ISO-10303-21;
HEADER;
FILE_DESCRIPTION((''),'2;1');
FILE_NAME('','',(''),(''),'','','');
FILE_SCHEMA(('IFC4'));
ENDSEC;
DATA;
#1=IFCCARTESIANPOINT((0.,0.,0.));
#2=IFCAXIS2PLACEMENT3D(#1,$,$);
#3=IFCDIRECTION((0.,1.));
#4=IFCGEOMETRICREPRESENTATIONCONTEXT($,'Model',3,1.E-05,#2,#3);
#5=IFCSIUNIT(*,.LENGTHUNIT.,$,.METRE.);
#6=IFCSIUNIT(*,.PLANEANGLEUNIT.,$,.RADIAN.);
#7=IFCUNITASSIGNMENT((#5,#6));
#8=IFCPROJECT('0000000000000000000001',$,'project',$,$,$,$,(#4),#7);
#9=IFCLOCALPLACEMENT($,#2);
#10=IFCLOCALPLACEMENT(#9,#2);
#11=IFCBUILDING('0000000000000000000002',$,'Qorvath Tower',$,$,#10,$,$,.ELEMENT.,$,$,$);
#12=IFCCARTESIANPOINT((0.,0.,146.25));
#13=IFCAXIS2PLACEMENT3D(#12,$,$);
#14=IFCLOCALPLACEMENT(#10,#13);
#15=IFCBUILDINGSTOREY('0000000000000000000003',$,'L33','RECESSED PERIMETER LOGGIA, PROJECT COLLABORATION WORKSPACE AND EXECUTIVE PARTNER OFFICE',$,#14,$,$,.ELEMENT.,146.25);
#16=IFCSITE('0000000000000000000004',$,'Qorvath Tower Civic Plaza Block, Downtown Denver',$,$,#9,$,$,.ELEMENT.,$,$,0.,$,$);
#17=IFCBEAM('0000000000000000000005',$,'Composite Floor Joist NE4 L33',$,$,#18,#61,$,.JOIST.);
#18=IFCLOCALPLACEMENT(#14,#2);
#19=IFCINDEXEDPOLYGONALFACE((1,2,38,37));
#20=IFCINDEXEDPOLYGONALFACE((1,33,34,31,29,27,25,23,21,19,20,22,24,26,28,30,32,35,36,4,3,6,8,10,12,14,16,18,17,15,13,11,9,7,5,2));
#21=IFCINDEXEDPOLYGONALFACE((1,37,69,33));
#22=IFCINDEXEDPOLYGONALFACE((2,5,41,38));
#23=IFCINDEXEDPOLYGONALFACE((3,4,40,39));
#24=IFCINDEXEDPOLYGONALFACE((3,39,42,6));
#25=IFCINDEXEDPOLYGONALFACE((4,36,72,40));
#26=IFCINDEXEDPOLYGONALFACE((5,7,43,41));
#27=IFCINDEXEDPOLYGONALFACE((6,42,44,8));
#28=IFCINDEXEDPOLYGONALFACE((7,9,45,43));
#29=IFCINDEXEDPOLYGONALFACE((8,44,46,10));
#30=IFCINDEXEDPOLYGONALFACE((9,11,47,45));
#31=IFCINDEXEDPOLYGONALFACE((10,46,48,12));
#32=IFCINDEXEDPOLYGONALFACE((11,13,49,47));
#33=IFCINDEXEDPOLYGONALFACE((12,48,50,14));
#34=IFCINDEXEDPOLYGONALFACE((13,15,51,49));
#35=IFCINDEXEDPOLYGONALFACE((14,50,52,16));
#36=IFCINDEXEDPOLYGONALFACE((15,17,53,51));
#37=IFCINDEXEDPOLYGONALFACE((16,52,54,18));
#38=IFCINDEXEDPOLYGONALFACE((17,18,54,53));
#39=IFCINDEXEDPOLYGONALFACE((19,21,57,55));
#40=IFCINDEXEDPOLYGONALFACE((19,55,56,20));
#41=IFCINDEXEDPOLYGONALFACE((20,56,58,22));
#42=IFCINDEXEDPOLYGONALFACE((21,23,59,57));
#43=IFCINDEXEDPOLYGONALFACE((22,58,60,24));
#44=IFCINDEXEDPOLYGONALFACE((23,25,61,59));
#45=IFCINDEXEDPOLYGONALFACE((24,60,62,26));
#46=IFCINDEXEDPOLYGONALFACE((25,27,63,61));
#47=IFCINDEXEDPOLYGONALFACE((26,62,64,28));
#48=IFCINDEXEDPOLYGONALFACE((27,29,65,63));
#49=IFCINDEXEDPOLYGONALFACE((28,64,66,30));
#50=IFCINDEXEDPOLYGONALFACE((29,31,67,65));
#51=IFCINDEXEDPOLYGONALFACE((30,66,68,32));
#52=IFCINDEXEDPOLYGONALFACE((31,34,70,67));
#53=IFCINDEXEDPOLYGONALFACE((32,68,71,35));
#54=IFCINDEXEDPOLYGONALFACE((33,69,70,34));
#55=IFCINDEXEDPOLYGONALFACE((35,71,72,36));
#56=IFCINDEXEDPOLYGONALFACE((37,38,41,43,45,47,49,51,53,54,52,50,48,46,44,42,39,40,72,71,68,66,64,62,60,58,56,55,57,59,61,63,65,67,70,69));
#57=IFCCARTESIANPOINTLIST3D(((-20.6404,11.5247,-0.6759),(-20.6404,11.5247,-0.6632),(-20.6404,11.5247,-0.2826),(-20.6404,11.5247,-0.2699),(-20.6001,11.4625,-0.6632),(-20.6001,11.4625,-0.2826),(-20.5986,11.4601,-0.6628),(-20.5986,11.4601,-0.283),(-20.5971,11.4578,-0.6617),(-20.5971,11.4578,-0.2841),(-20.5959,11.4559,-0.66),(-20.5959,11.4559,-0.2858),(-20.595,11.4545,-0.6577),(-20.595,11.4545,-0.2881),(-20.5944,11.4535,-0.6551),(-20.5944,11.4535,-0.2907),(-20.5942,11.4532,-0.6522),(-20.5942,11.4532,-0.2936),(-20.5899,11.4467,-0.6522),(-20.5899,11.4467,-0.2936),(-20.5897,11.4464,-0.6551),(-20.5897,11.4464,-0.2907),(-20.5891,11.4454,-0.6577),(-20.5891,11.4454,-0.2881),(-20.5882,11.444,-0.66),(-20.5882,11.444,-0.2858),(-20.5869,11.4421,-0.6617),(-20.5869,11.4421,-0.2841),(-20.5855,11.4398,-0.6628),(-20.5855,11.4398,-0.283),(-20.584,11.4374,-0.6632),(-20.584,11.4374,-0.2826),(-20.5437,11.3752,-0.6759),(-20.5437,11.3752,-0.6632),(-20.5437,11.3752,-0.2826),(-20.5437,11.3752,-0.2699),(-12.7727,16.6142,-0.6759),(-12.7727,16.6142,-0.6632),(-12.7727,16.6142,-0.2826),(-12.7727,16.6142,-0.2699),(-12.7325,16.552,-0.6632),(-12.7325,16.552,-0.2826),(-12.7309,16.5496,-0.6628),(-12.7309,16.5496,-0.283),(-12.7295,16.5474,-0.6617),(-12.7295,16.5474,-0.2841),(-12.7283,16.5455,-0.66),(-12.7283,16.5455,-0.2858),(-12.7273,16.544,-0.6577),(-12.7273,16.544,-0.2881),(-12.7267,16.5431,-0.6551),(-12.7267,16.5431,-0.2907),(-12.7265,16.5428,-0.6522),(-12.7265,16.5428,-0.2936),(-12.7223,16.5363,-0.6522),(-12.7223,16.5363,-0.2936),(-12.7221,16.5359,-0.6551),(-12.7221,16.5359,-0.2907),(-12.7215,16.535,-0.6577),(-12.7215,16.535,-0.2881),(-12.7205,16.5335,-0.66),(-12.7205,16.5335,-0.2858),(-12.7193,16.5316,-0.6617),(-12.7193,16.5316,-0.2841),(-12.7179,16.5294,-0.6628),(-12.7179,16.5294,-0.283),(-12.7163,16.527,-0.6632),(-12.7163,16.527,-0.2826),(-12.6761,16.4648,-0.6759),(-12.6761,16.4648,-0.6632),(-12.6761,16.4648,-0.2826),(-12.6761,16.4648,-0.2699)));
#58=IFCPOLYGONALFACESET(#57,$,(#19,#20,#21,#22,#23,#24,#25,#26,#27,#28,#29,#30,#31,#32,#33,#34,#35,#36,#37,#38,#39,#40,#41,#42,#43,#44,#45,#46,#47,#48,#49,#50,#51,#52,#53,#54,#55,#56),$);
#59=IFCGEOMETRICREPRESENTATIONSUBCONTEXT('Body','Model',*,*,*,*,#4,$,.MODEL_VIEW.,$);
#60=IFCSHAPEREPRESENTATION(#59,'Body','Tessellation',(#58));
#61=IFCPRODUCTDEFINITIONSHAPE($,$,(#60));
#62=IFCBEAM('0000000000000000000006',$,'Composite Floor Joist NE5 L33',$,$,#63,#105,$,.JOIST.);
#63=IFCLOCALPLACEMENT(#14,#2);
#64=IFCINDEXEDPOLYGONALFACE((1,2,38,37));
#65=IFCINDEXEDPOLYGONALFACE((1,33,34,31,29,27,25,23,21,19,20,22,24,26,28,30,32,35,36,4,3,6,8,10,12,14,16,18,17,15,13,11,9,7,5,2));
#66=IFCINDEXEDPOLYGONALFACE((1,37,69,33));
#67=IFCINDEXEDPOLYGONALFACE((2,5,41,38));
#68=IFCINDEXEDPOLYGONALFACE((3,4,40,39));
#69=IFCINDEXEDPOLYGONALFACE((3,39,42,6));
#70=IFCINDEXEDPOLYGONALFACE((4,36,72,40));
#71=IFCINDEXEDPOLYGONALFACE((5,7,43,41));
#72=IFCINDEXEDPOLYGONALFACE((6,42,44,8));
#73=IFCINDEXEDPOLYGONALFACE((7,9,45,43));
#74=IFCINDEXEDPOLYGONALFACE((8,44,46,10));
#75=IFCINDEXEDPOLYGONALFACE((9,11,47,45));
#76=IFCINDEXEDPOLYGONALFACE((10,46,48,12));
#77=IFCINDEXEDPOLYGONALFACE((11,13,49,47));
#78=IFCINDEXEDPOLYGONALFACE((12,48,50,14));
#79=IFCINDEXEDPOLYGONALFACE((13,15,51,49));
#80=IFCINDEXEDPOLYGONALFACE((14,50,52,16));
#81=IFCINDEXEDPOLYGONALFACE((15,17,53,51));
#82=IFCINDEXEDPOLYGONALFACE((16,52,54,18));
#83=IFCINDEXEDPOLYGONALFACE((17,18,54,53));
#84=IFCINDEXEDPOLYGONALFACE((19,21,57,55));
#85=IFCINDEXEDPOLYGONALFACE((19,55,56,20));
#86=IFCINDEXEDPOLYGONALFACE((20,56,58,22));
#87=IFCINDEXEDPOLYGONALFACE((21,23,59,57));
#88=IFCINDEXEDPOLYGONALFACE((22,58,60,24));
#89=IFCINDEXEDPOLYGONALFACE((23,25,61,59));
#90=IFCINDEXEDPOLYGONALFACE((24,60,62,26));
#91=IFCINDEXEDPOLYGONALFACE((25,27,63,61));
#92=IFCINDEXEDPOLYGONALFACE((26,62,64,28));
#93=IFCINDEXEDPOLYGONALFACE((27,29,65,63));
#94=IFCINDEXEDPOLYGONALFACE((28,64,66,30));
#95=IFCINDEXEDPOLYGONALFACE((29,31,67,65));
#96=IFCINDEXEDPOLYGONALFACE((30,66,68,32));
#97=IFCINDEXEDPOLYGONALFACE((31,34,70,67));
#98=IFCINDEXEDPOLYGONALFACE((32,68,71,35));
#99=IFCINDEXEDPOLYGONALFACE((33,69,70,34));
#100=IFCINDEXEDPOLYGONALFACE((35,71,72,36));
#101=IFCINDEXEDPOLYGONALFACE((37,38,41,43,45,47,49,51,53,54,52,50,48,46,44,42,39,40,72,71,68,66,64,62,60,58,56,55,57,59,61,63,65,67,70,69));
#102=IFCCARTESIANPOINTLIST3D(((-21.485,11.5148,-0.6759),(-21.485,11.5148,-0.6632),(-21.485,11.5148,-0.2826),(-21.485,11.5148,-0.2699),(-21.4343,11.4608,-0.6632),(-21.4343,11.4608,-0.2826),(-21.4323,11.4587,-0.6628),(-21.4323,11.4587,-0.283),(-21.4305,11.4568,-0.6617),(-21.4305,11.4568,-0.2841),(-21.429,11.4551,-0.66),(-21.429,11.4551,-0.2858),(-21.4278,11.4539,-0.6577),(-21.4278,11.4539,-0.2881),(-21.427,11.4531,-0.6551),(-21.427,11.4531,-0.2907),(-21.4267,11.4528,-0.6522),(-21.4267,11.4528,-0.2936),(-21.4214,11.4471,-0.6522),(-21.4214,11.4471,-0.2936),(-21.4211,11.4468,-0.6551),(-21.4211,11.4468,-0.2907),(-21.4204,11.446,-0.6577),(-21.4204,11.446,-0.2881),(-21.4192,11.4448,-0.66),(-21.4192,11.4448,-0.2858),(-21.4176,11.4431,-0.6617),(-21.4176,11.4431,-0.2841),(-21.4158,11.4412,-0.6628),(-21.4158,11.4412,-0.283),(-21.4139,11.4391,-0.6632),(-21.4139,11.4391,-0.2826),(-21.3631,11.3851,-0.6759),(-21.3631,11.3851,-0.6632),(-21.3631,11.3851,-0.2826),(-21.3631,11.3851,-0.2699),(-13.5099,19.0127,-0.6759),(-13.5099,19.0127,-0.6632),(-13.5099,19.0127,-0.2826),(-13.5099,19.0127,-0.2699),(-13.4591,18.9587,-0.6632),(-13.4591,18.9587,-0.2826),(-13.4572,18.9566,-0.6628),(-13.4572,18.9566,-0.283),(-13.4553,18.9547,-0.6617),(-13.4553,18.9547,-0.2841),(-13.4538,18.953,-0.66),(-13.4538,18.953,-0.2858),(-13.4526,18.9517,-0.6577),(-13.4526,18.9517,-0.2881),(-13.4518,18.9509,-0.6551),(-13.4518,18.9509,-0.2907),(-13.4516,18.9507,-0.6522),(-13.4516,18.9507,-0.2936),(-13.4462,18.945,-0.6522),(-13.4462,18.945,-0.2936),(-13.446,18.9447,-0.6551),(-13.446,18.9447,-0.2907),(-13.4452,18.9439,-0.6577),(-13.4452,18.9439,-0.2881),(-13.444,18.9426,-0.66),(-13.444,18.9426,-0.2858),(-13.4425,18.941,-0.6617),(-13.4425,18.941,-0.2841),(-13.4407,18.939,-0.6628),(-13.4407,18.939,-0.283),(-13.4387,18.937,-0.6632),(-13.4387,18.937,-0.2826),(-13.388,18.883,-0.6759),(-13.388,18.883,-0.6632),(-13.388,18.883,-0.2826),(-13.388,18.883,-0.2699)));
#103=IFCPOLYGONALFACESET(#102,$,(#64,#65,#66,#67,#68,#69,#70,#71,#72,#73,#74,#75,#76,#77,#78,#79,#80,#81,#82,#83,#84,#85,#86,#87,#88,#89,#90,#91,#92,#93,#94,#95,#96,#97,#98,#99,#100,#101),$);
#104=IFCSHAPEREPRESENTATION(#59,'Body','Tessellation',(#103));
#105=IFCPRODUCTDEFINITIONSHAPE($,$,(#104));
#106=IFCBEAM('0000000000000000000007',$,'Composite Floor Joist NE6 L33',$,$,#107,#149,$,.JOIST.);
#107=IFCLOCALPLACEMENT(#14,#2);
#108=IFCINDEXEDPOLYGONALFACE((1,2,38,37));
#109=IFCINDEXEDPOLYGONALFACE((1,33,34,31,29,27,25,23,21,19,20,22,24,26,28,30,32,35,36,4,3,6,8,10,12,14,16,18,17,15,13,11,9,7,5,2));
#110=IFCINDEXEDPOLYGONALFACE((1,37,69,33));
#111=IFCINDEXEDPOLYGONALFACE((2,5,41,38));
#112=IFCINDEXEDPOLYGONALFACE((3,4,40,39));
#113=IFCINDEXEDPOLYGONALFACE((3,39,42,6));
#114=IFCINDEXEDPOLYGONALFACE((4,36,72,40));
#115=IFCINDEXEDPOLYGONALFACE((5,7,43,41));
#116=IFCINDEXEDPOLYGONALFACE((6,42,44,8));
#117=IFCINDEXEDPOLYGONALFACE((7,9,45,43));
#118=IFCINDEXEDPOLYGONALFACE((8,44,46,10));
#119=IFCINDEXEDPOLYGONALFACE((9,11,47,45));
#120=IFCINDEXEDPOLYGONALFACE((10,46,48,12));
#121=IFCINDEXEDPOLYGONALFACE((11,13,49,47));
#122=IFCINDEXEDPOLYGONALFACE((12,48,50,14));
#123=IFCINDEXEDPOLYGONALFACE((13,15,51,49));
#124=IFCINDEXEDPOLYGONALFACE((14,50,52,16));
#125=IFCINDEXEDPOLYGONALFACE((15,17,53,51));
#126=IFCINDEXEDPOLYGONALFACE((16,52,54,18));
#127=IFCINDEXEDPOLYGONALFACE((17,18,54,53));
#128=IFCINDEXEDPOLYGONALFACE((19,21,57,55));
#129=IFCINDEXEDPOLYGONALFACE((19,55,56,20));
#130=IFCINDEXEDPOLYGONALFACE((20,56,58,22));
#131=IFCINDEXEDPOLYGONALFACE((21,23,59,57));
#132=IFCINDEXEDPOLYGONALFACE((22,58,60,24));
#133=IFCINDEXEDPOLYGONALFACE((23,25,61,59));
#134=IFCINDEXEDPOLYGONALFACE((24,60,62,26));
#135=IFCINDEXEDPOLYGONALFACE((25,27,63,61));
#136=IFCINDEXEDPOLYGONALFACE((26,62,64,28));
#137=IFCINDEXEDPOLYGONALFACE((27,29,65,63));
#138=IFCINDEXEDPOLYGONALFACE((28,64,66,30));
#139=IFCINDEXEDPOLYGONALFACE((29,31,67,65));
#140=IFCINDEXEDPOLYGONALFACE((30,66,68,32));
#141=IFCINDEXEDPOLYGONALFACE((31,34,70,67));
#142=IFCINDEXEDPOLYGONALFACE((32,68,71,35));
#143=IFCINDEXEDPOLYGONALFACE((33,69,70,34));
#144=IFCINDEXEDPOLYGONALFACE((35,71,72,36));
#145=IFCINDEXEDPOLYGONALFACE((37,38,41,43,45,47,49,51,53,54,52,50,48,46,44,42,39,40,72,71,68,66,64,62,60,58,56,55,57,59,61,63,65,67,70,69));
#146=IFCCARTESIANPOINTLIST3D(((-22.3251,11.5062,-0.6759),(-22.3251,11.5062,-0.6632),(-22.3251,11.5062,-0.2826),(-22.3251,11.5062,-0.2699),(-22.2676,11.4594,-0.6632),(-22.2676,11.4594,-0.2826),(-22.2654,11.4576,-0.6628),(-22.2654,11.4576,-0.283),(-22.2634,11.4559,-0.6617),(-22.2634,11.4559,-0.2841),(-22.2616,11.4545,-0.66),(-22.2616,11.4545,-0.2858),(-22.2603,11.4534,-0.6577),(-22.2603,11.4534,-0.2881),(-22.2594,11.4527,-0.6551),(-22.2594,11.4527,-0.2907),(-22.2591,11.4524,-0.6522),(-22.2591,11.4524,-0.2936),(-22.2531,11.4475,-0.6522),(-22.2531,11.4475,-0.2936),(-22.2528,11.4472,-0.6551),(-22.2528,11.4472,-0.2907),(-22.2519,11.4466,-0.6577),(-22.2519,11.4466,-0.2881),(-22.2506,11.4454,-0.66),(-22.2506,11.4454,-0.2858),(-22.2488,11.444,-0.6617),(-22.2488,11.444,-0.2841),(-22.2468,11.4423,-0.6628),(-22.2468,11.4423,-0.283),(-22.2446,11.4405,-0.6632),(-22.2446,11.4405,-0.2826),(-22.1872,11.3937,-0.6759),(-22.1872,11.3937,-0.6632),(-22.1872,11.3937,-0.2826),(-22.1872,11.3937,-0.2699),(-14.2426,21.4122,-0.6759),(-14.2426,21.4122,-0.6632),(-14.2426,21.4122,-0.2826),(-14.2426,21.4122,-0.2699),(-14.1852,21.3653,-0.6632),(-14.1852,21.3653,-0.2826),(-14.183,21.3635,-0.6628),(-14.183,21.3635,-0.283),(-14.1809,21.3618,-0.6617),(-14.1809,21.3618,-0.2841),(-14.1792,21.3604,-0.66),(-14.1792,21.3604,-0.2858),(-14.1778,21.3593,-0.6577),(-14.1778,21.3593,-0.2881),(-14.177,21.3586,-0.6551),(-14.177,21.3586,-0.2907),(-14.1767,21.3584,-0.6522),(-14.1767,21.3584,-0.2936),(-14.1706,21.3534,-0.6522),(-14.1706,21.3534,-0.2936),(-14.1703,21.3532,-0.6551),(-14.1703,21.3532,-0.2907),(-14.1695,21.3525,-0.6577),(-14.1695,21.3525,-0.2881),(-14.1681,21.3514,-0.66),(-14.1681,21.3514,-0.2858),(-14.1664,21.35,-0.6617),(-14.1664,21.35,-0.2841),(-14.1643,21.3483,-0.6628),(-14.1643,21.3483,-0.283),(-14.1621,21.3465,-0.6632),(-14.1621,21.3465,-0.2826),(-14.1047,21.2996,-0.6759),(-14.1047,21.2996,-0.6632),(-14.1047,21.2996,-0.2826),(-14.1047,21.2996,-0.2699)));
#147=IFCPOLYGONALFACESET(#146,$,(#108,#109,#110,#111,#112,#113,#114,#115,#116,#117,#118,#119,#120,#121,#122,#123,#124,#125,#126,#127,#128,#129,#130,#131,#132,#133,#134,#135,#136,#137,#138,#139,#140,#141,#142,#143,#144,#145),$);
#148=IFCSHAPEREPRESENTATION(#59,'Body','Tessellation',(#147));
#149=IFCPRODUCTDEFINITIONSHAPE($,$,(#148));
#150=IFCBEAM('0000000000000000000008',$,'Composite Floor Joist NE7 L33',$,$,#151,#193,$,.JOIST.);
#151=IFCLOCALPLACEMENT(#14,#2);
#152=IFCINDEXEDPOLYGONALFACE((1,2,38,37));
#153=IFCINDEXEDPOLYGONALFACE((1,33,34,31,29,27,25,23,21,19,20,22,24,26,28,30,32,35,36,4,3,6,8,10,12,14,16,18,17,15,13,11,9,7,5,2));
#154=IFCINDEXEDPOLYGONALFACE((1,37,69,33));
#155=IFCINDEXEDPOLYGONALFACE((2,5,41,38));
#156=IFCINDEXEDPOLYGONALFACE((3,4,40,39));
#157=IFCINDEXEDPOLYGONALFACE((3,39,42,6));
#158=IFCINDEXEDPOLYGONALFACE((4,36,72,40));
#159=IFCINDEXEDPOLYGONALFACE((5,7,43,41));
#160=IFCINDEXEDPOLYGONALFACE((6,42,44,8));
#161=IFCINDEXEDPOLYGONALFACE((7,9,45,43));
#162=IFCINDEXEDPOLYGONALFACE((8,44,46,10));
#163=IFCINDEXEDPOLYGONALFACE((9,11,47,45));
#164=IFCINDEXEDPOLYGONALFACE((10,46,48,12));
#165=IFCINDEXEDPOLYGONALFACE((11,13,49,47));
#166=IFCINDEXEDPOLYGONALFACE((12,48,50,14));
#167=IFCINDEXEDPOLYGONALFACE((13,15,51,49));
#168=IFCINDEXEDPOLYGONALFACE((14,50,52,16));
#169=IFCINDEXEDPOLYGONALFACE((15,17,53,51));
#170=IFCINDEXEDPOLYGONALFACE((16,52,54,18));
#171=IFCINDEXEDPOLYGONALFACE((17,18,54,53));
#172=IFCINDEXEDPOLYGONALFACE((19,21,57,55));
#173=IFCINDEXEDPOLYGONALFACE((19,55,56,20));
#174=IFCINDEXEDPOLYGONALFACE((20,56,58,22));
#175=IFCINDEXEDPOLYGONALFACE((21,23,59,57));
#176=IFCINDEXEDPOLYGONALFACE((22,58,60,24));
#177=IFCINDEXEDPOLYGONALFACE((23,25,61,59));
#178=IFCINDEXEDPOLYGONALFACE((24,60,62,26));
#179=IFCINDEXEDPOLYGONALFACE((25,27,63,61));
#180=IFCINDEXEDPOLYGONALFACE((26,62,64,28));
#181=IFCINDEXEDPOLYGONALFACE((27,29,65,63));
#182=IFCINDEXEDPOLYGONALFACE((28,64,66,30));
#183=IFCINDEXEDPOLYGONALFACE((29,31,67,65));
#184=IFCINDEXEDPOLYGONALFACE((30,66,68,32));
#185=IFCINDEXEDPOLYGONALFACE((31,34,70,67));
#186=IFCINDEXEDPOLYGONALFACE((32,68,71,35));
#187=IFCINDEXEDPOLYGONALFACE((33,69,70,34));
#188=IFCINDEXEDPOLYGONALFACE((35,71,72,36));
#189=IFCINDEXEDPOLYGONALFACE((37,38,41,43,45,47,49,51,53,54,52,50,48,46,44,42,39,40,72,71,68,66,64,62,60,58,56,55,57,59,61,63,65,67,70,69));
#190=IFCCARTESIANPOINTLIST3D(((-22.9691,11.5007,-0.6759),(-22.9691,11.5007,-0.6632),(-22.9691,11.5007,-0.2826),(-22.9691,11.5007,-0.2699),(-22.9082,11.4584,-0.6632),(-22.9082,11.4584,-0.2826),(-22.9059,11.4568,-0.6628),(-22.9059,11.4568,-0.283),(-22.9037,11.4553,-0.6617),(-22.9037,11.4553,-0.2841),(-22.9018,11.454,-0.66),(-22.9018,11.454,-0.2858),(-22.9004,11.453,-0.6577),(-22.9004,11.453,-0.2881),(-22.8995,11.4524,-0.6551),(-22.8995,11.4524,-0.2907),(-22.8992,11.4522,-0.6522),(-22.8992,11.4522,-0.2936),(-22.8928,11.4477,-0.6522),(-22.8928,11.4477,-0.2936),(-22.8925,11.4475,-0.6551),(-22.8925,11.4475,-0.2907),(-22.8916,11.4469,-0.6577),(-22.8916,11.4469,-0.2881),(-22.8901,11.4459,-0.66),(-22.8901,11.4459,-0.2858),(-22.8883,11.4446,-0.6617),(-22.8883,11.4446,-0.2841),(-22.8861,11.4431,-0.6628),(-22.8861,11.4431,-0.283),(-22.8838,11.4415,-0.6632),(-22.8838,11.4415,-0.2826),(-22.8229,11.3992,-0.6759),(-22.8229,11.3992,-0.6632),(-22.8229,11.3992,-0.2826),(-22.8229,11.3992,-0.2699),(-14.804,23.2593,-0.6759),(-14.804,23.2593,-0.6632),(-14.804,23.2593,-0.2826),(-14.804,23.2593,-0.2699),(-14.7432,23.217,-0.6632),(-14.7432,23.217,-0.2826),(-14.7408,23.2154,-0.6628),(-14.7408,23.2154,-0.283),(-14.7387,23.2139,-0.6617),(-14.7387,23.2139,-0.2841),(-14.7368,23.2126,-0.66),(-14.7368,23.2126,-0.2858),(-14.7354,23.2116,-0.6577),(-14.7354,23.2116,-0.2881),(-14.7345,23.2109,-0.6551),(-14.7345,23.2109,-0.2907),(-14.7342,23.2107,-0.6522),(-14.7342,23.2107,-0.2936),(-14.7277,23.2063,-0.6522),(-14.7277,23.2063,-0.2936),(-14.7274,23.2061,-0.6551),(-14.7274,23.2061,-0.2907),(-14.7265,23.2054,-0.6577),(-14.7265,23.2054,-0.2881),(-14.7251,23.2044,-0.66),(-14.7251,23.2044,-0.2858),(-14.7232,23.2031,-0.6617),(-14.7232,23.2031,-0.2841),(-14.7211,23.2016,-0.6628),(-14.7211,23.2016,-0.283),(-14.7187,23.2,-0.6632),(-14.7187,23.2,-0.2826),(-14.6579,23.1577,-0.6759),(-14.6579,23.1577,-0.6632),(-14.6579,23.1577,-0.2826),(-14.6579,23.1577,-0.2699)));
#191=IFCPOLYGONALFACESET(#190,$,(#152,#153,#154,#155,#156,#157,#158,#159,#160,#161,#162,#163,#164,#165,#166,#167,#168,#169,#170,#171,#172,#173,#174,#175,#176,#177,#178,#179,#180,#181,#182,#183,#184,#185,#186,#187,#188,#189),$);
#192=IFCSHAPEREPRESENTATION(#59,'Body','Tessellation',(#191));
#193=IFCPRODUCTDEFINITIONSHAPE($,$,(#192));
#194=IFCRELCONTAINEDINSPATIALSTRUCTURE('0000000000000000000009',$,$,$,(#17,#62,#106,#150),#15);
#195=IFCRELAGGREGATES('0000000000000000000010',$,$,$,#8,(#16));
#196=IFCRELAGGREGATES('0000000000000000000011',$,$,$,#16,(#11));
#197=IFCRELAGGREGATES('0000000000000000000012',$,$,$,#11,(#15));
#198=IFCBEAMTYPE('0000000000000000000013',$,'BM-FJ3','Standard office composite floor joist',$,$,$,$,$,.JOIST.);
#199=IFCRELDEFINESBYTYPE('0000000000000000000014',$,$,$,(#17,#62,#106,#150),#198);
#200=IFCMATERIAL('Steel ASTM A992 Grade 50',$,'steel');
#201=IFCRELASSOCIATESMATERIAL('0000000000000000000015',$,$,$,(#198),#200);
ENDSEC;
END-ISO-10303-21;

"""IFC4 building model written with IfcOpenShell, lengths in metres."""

from ifc_helpers import new_model, si_unit, direction, frame, origin, origin_2d, place, context, subcontext, project, spatial, i_section, extrude, material, material_profile, profile_set, type_object, element, save


model = new_model("IFC4")

# Units and contexts
model_context = context("Model", 3, precision=1e-05, world=origin(), true_north=direction((0.0, 1.0)))
body_context = subcontext(model_context, "Body", "Model", "MODEL_VIEW")
ifc_project = project(units=[si_unit("LENGTHUNIT", "METRE"), si_unit("PLANEANGLEUNIT", "RADIAN")], contexts=[model_context])

# Site, building, storey
site_placement = place(None, origin())
site = spatial("IfcSite", under=ifc_project, at=site_placement, Name="Qorvath Tower Civic Plaza Block, Downtown Denver", CompositionType="ELEMENT", RefElevation=0.0)
building_placement = place(site_placement, origin())
building = spatial("IfcBuilding", under=site, at=building_placement, Name="Qorvath Tower", CompositionType="ELEMENT")
storey_placement = place(building_placement, frame((0.0, 0.0, 146.25)))
storey = spatial("IfcBuildingStorey", under=building, at=storey_placement, Name="L33", Description="RECESSED PERIMETER LOGGIA, PROJECT COLLABORATION WORKSPACE AND EXECUTIVE PARTNER OFFICE", CompositionType="ELEMENT", Elevation=146.25)

# Beams
ifc_material_1 = material(Name="Steel ASTM A992 Grade 50", Category="steel")
ifc_material_profile_1 = material_profile(ifc_material_1, i_section(OverallWidth=0.178, OverallDepth=0.406, WebThickness=0.0078, FlangeThickness=0.0127, FilletRadius=0.011, at=origin_2d()), Name="W16x40")
ifc_profile_set_1 = profile_set([ifc_material_profile_1], Name="Steel ASTM A992 Grade 50")
beam_type_1 = type_object("IfcBeamType", Name="BM-FJ3", Description="Standard office composite floor joist", PredefinedType="JOIST", material=ifc_profile_set_1)
beam_1_placement = place(storey_placement, frame((-20.592, 11.45, -0.4729), z_axis=(0.839631, 0.543157, 0.0), x_axis=(-0.543157, 0.839631, 0.0)))
element("IfcBeam", 1, at=beam_1_placement, inside=storey, type_object=beam_type_1, Name="Composite Floor Joist NE4 L33", PredefinedType="JOIST", context=body_context, shape_type="SweptSolid", body=[
    extrude(i_section(OverallWidth=0.178, OverallDepth=0.406, WebThickness=0.0078, FlangeThickness=0.0127, FilletRadius=0.011, at=origin_2d()), origin(), (0.0, 0.0, 1.0), 9.3704),
])
beam_2_placement = place(storey_placement, frame((-21.4241, 11.45, -0.4729), z_axis=(0.728572, 0.684969, 0.0), x_axis=(-0.684969, 0.728572, 0.0)))
element("IfcBeam", 2, at=beam_2_placement, inside=storey, type_object=beam_type_1, Name="Composite Floor Joist NE5 L33", PredefinedType="JOIST", context=body_context, shape_type="SweptSolid", body=[
    extrude(i_section(OverallWidth=0.178, OverallDepth=0.406, WebThickness=0.0078, FlangeThickness=0.0127, FilletRadius=0.011, at=origin_2d()), origin(), (0.0, 0.0, 1.0), 10.9463),
])
beam_3_placement = place(storey_placement, frame((-22.2561, 11.45, -0.4729), z_axis=(0.632188, 0.774815, 0.0), x_axis=(-0.774815, 0.632188, 0.0)))
element("IfcBeam", 3, at=beam_3_placement, inside=storey, type_object=beam_type_1, Name="Composite Floor Joist NE6 L33", PredefinedType="JOIST", context=body_context, shape_type="SweptSolid", body=[
    extrude(i_section(OverallWidth=0.178, OverallDepth=0.406, WebThickness=0.0078, FlangeThickness=0.0127, FilletRadius=0.011, at=origin_2d()), origin(), (0.0, 0.0, 1.0), 12.7849),
])
beam_4_placement = place(storey_placement, frame((-22.896, 11.45, -0.4729), z_axis=(0.570367, 0.82139, 0.0), x_axis=(-0.82139, 0.570367, 0.0)))
element("IfcBeam", 4, at=beam_4_placement, inside=storey, type_object=beam_type_1, Name="Composite Floor Joist NE7 L33", PredefinedType="JOIST", context=body_context, shape_type="SweptSolid", body=[
    extrude(i_section(OverallWidth=0.178, OverallDepth=0.406, WebThickness=0.0078, FlangeThickness=0.0127, FilletRadius=0.011, at=origin_2d()), origin(), (0.0, 0.0, 1.0), 14.3154),
])

save(model, "model.ifc")
